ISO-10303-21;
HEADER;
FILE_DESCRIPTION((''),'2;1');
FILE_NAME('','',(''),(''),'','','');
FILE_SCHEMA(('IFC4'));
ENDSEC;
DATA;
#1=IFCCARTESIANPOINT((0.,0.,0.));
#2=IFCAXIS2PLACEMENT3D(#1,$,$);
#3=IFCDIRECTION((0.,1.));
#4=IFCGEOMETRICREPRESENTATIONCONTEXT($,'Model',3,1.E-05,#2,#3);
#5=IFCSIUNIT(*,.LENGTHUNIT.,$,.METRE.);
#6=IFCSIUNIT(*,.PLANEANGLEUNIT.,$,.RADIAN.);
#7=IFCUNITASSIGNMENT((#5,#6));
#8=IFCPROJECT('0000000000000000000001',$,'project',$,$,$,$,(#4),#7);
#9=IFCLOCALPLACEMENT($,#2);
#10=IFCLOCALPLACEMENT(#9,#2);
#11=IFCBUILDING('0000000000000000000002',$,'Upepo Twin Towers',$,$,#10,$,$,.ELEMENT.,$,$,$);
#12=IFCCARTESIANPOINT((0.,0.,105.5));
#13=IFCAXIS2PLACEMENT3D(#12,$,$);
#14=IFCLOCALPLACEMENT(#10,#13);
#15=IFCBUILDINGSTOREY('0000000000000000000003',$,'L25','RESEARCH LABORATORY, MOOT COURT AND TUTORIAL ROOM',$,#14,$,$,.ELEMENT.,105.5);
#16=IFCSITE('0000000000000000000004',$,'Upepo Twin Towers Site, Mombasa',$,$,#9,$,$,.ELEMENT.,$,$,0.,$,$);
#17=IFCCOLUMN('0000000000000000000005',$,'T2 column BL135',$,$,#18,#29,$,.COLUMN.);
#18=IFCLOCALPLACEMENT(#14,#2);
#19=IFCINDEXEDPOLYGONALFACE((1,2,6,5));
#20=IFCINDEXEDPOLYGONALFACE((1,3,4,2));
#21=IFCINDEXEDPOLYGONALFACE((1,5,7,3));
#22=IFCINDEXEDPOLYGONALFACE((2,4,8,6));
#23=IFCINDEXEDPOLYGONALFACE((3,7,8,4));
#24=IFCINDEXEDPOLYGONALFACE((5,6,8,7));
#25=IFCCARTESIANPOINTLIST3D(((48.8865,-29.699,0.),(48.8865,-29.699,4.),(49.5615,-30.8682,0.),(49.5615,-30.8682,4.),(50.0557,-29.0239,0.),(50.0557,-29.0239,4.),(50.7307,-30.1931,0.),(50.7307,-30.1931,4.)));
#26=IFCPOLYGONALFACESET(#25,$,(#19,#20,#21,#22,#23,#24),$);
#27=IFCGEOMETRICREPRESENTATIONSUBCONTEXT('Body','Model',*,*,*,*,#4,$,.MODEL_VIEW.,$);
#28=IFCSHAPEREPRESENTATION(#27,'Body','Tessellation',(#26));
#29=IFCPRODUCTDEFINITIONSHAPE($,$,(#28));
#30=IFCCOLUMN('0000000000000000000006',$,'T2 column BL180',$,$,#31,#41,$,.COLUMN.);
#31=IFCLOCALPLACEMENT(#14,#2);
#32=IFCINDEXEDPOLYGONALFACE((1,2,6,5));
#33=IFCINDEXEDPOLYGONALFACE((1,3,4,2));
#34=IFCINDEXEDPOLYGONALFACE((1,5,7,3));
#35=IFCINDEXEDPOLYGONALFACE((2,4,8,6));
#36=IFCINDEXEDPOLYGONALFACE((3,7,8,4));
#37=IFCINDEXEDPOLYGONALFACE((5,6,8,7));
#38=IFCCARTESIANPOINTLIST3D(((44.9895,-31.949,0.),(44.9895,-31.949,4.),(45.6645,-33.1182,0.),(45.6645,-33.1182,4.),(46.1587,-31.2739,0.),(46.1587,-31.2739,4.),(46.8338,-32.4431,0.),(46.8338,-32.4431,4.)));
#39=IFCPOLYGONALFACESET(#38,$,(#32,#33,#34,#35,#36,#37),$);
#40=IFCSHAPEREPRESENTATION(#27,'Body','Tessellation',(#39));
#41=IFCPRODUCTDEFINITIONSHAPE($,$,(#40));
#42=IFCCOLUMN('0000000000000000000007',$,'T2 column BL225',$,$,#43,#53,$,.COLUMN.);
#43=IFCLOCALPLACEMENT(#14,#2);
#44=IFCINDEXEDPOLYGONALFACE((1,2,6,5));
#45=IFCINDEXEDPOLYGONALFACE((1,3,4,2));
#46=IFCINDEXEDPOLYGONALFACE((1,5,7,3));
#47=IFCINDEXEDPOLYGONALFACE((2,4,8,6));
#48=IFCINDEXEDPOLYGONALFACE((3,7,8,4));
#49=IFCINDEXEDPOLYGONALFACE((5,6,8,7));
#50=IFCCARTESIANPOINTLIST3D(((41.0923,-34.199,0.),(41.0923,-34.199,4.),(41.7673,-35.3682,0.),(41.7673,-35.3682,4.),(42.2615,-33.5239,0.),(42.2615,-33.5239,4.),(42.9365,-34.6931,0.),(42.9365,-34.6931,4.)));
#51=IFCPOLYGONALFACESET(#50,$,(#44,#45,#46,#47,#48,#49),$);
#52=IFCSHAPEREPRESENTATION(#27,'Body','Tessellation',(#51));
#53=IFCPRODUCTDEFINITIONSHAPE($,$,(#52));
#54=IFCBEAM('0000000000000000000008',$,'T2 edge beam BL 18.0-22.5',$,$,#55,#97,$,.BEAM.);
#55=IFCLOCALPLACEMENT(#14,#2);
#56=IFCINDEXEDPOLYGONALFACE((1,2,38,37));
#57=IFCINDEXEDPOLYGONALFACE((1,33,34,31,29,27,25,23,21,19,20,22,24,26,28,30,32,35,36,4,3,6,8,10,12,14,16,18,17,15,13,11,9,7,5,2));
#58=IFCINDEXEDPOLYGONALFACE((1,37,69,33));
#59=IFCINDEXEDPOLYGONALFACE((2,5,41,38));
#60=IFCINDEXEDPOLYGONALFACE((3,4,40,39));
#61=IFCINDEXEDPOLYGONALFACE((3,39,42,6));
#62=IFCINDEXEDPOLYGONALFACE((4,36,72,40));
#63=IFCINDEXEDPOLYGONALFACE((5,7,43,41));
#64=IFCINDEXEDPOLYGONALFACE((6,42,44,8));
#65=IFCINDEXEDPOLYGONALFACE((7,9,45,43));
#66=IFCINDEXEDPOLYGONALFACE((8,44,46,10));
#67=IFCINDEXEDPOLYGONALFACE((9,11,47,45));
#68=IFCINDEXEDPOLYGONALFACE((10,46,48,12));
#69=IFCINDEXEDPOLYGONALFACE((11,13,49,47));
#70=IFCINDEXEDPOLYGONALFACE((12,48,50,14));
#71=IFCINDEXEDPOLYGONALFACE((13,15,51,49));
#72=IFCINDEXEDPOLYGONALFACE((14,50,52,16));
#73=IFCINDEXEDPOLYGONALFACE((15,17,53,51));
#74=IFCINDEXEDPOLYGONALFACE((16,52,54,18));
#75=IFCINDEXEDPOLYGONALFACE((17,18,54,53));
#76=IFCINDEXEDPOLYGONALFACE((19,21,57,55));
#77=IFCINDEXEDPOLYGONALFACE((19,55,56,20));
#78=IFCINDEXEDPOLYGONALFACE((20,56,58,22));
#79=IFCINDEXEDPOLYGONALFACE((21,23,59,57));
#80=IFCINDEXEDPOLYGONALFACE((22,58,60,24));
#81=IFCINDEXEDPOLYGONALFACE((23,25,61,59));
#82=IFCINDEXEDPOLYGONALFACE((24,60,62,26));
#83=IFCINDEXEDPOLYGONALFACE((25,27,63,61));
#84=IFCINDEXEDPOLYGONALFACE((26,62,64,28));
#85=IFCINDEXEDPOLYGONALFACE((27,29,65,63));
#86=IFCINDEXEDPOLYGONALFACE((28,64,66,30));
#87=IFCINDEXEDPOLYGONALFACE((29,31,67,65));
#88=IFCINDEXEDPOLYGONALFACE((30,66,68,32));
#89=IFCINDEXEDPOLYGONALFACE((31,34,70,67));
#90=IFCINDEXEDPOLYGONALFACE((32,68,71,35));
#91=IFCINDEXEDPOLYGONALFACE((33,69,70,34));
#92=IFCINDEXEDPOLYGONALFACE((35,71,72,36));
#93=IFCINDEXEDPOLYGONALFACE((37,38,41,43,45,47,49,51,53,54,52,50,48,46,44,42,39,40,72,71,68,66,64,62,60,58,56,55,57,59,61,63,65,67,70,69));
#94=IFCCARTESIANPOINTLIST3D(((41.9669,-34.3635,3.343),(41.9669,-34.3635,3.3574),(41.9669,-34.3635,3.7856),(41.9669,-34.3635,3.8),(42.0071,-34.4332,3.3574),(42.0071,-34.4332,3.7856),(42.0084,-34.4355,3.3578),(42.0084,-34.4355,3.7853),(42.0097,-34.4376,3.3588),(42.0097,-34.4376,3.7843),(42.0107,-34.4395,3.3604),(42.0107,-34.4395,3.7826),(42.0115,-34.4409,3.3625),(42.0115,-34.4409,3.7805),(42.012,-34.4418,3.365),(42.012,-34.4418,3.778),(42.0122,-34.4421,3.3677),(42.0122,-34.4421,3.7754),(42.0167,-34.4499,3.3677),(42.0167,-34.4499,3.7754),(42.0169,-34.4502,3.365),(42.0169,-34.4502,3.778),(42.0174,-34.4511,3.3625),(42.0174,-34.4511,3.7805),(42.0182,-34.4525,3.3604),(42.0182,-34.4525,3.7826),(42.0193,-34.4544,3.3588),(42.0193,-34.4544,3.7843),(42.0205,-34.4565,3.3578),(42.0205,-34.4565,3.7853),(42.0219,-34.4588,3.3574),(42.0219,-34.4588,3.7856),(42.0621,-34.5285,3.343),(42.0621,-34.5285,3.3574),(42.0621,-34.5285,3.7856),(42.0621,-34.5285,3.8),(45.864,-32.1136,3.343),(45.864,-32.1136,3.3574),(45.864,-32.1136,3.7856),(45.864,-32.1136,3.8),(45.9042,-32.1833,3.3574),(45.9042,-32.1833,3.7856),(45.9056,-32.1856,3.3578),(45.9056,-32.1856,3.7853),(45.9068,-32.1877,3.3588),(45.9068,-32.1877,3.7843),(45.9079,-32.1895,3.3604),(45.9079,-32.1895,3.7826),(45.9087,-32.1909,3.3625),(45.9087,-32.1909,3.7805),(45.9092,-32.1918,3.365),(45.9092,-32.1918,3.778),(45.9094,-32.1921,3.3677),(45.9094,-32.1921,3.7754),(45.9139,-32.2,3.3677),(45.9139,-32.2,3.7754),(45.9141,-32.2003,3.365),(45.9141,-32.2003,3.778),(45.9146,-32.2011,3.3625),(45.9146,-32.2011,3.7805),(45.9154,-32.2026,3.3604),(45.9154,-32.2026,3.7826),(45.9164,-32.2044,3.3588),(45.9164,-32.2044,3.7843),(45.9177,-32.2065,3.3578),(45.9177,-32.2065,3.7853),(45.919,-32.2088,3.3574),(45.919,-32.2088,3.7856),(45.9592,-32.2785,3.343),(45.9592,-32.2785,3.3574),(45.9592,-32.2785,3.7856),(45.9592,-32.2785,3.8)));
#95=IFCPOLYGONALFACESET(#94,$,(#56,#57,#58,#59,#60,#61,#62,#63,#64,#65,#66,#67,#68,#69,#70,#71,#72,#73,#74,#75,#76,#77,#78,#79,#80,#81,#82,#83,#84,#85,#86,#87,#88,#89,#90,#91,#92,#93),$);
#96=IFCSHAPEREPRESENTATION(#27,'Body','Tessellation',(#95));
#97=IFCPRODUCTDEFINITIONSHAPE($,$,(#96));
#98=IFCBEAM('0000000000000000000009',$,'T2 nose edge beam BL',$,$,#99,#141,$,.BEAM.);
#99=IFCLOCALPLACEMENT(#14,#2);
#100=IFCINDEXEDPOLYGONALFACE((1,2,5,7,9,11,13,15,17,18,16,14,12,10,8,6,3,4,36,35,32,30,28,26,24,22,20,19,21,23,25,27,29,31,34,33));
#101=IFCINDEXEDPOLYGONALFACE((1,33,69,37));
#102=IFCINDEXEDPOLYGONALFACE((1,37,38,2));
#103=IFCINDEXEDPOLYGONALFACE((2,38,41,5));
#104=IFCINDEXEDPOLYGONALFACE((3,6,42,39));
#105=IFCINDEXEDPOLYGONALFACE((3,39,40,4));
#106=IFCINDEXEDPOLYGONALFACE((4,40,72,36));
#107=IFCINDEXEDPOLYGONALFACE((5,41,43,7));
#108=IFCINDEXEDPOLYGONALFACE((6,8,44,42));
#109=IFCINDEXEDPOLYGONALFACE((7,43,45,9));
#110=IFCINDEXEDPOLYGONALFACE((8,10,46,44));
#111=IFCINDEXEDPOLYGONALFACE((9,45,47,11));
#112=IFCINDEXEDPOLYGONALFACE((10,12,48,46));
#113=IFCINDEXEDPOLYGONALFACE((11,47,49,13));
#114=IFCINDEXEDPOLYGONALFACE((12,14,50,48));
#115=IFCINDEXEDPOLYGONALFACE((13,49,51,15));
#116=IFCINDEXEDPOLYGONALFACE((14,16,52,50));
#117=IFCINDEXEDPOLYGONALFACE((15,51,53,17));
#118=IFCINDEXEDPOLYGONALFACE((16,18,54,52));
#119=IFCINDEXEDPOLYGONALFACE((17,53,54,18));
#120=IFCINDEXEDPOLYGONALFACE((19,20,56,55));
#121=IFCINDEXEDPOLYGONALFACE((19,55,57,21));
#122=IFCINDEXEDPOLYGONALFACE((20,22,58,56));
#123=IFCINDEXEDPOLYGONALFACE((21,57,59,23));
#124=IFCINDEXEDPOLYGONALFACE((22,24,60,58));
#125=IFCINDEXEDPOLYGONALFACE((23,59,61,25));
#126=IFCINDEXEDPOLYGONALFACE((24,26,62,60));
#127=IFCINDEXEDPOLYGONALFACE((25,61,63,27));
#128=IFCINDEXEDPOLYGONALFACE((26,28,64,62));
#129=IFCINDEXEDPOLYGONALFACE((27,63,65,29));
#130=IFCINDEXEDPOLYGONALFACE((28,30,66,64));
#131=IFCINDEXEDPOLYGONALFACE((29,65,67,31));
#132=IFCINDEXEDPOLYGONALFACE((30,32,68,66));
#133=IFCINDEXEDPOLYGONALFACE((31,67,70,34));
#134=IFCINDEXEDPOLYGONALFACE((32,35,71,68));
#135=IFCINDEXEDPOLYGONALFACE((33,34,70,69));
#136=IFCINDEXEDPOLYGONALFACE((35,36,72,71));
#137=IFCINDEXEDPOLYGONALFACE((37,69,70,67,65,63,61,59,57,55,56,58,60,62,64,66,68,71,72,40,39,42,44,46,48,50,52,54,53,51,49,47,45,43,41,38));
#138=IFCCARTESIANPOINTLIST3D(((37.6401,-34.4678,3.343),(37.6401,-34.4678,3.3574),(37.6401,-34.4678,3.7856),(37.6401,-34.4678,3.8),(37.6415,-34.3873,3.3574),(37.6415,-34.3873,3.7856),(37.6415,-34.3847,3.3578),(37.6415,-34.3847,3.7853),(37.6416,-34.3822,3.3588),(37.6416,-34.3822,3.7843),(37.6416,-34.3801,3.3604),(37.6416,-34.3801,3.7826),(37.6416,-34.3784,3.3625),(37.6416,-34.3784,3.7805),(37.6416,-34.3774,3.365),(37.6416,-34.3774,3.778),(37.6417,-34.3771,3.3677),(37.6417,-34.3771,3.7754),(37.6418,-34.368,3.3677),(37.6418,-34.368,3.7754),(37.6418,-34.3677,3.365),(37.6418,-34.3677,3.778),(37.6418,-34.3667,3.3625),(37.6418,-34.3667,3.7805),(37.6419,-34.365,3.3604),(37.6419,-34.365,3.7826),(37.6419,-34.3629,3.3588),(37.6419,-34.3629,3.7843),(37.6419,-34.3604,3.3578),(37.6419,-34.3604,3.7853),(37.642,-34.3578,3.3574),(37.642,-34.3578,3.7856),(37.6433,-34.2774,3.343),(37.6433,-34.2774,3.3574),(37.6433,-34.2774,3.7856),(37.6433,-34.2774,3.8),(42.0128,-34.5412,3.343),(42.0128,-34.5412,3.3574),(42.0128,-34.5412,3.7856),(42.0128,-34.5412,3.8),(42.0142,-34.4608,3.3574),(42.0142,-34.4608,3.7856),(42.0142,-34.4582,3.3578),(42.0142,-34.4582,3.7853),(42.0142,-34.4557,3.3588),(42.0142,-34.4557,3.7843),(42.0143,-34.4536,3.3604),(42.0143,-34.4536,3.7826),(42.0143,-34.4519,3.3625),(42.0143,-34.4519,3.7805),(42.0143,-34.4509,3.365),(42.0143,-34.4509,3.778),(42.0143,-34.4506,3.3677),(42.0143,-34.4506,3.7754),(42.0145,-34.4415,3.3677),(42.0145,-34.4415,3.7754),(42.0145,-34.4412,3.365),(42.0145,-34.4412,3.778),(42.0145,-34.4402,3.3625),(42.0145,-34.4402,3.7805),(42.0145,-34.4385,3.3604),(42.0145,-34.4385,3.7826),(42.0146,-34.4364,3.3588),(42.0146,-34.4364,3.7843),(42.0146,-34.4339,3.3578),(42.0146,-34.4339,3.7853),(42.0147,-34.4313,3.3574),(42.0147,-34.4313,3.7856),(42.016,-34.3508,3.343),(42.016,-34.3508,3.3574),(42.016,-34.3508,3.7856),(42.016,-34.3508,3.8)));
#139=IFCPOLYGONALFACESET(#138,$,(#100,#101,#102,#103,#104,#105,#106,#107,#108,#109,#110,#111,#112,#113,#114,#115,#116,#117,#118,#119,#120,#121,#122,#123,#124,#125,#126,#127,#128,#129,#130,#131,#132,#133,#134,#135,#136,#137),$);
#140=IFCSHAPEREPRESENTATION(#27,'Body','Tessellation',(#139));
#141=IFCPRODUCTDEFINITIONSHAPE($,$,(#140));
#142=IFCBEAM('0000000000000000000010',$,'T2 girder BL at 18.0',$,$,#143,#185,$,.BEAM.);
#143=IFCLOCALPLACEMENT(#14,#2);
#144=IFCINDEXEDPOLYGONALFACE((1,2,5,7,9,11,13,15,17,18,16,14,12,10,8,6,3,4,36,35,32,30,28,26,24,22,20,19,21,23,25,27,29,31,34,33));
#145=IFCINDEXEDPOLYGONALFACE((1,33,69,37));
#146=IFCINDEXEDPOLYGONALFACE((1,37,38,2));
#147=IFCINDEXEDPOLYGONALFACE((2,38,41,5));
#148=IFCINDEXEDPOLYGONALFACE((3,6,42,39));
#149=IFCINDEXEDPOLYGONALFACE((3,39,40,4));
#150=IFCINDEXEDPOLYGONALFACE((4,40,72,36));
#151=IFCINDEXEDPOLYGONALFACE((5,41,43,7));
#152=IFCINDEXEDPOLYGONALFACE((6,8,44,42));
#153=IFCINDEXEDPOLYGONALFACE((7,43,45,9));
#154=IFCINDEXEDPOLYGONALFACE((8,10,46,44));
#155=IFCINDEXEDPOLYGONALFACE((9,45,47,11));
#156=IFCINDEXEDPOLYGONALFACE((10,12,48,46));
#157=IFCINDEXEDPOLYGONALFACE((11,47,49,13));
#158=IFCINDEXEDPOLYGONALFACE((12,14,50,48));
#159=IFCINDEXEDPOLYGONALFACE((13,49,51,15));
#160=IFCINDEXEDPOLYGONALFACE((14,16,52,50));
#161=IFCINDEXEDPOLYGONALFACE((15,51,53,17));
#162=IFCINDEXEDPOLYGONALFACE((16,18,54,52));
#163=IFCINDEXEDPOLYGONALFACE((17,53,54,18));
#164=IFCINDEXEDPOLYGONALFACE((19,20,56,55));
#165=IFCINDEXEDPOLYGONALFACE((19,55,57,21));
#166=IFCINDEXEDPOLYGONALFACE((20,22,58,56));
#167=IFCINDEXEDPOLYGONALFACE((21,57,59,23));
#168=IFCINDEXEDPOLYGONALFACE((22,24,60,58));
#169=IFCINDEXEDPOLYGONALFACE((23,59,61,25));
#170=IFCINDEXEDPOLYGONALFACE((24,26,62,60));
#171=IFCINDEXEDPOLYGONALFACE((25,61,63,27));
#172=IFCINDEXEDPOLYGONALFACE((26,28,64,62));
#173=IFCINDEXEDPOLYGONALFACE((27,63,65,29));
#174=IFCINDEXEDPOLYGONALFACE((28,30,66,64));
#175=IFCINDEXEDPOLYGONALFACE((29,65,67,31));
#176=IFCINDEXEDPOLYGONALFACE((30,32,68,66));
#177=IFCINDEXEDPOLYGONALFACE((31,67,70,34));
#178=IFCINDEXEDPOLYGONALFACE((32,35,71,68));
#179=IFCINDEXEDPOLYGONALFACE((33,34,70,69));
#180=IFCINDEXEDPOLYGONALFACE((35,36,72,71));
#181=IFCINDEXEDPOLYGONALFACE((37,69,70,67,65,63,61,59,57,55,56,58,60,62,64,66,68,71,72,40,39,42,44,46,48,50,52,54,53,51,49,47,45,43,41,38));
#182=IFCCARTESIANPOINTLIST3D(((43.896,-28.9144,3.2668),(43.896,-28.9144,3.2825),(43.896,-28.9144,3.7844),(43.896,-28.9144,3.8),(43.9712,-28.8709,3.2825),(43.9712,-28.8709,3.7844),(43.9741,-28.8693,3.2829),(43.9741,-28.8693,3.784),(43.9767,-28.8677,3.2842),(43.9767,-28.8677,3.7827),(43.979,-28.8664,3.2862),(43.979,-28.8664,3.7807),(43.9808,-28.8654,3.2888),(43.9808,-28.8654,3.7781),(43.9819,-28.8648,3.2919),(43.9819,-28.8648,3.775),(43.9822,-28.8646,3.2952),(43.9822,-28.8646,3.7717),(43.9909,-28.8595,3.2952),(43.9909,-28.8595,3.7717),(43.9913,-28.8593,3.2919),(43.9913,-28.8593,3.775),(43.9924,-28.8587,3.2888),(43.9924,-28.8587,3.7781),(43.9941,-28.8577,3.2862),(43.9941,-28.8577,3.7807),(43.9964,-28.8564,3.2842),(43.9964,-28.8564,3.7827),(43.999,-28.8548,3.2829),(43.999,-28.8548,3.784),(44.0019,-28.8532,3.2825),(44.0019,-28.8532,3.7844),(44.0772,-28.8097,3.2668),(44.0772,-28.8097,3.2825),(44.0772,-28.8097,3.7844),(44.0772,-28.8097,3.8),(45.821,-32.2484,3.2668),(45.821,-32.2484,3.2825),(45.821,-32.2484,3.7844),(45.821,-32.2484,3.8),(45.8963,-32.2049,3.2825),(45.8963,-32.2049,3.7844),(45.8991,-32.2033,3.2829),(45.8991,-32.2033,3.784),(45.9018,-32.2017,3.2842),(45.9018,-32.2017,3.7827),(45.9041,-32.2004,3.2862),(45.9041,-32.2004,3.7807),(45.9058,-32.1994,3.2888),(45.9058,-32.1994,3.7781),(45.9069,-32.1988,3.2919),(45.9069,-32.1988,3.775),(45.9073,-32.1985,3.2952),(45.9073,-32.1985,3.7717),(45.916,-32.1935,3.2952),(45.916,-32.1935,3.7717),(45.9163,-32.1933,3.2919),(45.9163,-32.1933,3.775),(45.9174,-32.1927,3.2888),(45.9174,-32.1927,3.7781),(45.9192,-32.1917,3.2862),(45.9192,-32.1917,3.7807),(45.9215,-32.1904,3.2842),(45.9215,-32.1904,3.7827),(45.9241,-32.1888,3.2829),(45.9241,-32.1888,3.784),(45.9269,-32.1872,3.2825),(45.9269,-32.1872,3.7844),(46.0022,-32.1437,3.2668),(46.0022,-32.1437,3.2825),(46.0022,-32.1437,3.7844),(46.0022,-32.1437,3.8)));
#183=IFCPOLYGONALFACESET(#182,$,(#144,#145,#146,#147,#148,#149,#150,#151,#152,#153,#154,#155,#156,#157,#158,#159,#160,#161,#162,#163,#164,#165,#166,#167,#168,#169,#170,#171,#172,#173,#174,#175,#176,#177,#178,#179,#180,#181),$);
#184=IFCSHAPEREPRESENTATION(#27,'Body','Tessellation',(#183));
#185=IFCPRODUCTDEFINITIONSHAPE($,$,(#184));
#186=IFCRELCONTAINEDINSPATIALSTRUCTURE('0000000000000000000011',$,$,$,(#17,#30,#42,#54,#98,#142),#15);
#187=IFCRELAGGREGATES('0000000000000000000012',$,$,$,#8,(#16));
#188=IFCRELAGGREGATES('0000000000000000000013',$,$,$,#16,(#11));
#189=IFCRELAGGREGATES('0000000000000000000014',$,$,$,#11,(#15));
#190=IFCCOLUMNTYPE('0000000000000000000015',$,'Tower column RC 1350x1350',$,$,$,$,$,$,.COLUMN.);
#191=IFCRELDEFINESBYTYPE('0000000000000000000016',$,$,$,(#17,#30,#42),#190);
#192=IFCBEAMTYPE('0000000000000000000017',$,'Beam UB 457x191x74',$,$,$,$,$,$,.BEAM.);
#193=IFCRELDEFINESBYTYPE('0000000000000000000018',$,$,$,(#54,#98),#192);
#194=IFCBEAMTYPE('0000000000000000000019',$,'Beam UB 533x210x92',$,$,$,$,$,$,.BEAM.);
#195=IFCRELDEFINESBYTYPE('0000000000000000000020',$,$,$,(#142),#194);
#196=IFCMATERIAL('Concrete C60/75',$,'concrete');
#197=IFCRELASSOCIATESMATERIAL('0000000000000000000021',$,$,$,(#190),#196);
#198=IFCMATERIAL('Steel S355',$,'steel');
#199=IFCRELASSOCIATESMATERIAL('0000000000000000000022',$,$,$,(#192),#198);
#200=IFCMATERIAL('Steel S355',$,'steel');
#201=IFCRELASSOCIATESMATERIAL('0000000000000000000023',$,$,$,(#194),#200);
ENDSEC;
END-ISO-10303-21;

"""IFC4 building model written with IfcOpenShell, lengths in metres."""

from ifc_helpers import new_model, si_unit, direction, frame, origin, origin_2d, place, context, subcontext, project, spatial, rectangle, i_section, extrude, material, material_profile, profile_set, type_object, element, save


model = new_model("IFC4")

# Units and contexts
model_context = context("Model", 3, precision=1e-05, world=origin(), true_north=direction((0.0, 1.0)))
body_context = subcontext(model_context, "Body", "Model", "MODEL_VIEW")
ifc_project = project(units=[si_unit("LENGTHUNIT", "METRE"), si_unit("PLANEANGLEUNIT", "RADIAN")], contexts=[model_context])

# Site, building, storey
site_placement = place(None, origin())
site = spatial("IfcSite", under=ifc_project, at=site_placement, Name="Upepo Twin Towers Site, Mombasa", CompositionType="ELEMENT", RefElevation=0.0)
building_placement = place(site_placement, origin())
building = spatial("IfcBuilding", under=site, at=building_placement, Name="Upepo Twin Towers", CompositionType="ELEMENT")
storey_placement = place(building_placement, frame((0.0, 0.0, 105.5)))
storey = spatial("IfcBuildingStorey", under=building, at=storey_placement, Name="L25", Description="RESEARCH LABORATORY, MOOT COURT AND TUTORIAL ROOM", CompositionType="ELEMENT", Elevation=105.5)

# Columns
ifc_material_1 = material(Name="Concrete C60/75", Category="concrete")
ifc_material_profile_1 = material_profile(ifc_material_1, rectangle(XDim=1.3501, YDim=1.3501, at=origin_2d()), Name="RC 1350x1350")
ifc_profile_set_1 = profile_set([ifc_material_profile_1], Name="Concrete C60/75")
column_type = type_object("IfcColumnType", Name="Tower column RC 1350x1350", PredefinedType="COLUMN", material=ifc_profile_set_1)
for number, where, z_axis, x_axis, name in (
    (1, (49.8086, -29.946, 0.0), (0.0, 0.0, 1.0), (0.866025, 0.5, 0.0), "T2 column BL135"),
    (2, (45.9116, -32.196, 0.0), (0.0, 0.0, 1.0), (0.866025, 0.5, 0.0), "T2 column BL180"),
    (3, (42.0144, -34.446, 0.0), (0.0, 0.0, 1.0), (0.866025, 0.5, 0.0), "T2 column BL225"),
):
    element("IfcColumn", number, at=place(storey_placement, frame(where, z_axis=z_axis, x_axis=x_axis)), inside=storey, type_object=column_type, Name=name, PredefinedType="COLUMN", context=body_context, shape_type="SweptSolid", body=[
        extrude(rectangle(XDim=1.3501, YDim=1.3501, at=origin_2d()), origin(), (0.0, 0.0, 1.0), 4.0),
    ])

# Beams
ifc_material_2 = material(Name="Steel S355", Category="steel")
ifc_material_profile_2 = material_profile(ifc_material_2, i_section(OverallWidth=0.1904, OverallDepth=0.457, WebThickness=0.009, FlangeThickness=0.0144, FilletRadius=0.0103, at=origin_2d()), Name="UB 457x191x74")
ifc_profile_set_2 = profile_set([ifc_material_profile_2], Name="Steel S355")
beam_type_1 = type_object("IfcBeamType", Name="Beam UB 457x191x74", PredefinedType="BEAM", material=ifc_profile_set_2)
beam_1_placement = place(storey_placement, frame((45.9116, -32.196, 3.5715), z_axis=(-0.866031, -0.49999, 0.0), x_axis=(0.49999, -0.866031, 0.0)))
element("IfcBeam", 4, at=beam_1_placement, inside=storey, type_object=beam_type_1, Name="T2 edge beam BL 18.0-22.5", PredefinedType="BEAM", context=body_context, shape_type="SweptSolid", body=[
    extrude(i_section(OverallWidth=0.1904, OverallDepth=0.457, WebThickness=0.009, FlangeThickness=0.0144, FilletRadius=0.0103, at=origin_2d()), origin(), (0.0, 0.0, 1.0), 4.5),
])
beam_2_placement = place(storey_placement, frame((42.0144, -34.446, 3.5715), z_axis=(-0.999859, 0.016804, 0.0), x_axis=(-0.016804, -0.999859, 0.0)))
element("IfcBeam", 5, at=beam_2_placement, inside=storey, type_object=beam_type_1, Name="T2 nose edge beam BL", PredefinedType="BEAM", context=body_context, shape_type="SweptSolid", body=[
    extrude(i_section(OverallWidth=0.1904, OverallDepth=0.457, WebThickness=0.009, FlangeThickness=0.0144, FilletRadius=0.0103, at=origin_2d()), origin(), (0.0, 0.0, 1.0), 4.3733),
])
ifc_material_3 = material(Name="Steel S355", Category="steel")
ifc_material_profile_3 = material_profile(ifc_material_3, i_section(OverallWidth=0.2092, OverallDepth=0.5332, WebThickness=0.01, FlangeThickness=0.0156, FilletRadius=0.0127, at=origin_2d()), Name="UB 533x210x92")
ifc_profile_set_3 = profile_set([ifc_material_profile_3], Name="Steel S355")
beam_type_2 = type_object("IfcBeamType", Name="Beam UB 533x210x92", PredefinedType="BEAM", material=ifc_profile_set_3)
for number, where, z_axis, x_axis, name in (
    (6, (45.9116, -32.196, 3.5334), (-0.500034, 0.866006, 0.0), (-0.866006, -0.500034, 0.0), "T2 girder BL at 18.0"),
):
    element("IfcBeam", number, at=place(storey_placement, frame(where, z_axis=z_axis, x_axis=x_axis)), inside=storey, type_object=beam_type_2, Name=name, PredefinedType="BEAM", context=body_context, shape_type="SweptSolid", body=[
        extrude(i_section(OverallWidth=0.2092, OverallDepth=0.5332, WebThickness=0.01, FlangeThickness=0.0156, FilletRadius=0.0127, at=origin_2d()), origin(), (0.0, 0.0, 1.0), 3.8499),
    ])

save(model, "model.ifc")
